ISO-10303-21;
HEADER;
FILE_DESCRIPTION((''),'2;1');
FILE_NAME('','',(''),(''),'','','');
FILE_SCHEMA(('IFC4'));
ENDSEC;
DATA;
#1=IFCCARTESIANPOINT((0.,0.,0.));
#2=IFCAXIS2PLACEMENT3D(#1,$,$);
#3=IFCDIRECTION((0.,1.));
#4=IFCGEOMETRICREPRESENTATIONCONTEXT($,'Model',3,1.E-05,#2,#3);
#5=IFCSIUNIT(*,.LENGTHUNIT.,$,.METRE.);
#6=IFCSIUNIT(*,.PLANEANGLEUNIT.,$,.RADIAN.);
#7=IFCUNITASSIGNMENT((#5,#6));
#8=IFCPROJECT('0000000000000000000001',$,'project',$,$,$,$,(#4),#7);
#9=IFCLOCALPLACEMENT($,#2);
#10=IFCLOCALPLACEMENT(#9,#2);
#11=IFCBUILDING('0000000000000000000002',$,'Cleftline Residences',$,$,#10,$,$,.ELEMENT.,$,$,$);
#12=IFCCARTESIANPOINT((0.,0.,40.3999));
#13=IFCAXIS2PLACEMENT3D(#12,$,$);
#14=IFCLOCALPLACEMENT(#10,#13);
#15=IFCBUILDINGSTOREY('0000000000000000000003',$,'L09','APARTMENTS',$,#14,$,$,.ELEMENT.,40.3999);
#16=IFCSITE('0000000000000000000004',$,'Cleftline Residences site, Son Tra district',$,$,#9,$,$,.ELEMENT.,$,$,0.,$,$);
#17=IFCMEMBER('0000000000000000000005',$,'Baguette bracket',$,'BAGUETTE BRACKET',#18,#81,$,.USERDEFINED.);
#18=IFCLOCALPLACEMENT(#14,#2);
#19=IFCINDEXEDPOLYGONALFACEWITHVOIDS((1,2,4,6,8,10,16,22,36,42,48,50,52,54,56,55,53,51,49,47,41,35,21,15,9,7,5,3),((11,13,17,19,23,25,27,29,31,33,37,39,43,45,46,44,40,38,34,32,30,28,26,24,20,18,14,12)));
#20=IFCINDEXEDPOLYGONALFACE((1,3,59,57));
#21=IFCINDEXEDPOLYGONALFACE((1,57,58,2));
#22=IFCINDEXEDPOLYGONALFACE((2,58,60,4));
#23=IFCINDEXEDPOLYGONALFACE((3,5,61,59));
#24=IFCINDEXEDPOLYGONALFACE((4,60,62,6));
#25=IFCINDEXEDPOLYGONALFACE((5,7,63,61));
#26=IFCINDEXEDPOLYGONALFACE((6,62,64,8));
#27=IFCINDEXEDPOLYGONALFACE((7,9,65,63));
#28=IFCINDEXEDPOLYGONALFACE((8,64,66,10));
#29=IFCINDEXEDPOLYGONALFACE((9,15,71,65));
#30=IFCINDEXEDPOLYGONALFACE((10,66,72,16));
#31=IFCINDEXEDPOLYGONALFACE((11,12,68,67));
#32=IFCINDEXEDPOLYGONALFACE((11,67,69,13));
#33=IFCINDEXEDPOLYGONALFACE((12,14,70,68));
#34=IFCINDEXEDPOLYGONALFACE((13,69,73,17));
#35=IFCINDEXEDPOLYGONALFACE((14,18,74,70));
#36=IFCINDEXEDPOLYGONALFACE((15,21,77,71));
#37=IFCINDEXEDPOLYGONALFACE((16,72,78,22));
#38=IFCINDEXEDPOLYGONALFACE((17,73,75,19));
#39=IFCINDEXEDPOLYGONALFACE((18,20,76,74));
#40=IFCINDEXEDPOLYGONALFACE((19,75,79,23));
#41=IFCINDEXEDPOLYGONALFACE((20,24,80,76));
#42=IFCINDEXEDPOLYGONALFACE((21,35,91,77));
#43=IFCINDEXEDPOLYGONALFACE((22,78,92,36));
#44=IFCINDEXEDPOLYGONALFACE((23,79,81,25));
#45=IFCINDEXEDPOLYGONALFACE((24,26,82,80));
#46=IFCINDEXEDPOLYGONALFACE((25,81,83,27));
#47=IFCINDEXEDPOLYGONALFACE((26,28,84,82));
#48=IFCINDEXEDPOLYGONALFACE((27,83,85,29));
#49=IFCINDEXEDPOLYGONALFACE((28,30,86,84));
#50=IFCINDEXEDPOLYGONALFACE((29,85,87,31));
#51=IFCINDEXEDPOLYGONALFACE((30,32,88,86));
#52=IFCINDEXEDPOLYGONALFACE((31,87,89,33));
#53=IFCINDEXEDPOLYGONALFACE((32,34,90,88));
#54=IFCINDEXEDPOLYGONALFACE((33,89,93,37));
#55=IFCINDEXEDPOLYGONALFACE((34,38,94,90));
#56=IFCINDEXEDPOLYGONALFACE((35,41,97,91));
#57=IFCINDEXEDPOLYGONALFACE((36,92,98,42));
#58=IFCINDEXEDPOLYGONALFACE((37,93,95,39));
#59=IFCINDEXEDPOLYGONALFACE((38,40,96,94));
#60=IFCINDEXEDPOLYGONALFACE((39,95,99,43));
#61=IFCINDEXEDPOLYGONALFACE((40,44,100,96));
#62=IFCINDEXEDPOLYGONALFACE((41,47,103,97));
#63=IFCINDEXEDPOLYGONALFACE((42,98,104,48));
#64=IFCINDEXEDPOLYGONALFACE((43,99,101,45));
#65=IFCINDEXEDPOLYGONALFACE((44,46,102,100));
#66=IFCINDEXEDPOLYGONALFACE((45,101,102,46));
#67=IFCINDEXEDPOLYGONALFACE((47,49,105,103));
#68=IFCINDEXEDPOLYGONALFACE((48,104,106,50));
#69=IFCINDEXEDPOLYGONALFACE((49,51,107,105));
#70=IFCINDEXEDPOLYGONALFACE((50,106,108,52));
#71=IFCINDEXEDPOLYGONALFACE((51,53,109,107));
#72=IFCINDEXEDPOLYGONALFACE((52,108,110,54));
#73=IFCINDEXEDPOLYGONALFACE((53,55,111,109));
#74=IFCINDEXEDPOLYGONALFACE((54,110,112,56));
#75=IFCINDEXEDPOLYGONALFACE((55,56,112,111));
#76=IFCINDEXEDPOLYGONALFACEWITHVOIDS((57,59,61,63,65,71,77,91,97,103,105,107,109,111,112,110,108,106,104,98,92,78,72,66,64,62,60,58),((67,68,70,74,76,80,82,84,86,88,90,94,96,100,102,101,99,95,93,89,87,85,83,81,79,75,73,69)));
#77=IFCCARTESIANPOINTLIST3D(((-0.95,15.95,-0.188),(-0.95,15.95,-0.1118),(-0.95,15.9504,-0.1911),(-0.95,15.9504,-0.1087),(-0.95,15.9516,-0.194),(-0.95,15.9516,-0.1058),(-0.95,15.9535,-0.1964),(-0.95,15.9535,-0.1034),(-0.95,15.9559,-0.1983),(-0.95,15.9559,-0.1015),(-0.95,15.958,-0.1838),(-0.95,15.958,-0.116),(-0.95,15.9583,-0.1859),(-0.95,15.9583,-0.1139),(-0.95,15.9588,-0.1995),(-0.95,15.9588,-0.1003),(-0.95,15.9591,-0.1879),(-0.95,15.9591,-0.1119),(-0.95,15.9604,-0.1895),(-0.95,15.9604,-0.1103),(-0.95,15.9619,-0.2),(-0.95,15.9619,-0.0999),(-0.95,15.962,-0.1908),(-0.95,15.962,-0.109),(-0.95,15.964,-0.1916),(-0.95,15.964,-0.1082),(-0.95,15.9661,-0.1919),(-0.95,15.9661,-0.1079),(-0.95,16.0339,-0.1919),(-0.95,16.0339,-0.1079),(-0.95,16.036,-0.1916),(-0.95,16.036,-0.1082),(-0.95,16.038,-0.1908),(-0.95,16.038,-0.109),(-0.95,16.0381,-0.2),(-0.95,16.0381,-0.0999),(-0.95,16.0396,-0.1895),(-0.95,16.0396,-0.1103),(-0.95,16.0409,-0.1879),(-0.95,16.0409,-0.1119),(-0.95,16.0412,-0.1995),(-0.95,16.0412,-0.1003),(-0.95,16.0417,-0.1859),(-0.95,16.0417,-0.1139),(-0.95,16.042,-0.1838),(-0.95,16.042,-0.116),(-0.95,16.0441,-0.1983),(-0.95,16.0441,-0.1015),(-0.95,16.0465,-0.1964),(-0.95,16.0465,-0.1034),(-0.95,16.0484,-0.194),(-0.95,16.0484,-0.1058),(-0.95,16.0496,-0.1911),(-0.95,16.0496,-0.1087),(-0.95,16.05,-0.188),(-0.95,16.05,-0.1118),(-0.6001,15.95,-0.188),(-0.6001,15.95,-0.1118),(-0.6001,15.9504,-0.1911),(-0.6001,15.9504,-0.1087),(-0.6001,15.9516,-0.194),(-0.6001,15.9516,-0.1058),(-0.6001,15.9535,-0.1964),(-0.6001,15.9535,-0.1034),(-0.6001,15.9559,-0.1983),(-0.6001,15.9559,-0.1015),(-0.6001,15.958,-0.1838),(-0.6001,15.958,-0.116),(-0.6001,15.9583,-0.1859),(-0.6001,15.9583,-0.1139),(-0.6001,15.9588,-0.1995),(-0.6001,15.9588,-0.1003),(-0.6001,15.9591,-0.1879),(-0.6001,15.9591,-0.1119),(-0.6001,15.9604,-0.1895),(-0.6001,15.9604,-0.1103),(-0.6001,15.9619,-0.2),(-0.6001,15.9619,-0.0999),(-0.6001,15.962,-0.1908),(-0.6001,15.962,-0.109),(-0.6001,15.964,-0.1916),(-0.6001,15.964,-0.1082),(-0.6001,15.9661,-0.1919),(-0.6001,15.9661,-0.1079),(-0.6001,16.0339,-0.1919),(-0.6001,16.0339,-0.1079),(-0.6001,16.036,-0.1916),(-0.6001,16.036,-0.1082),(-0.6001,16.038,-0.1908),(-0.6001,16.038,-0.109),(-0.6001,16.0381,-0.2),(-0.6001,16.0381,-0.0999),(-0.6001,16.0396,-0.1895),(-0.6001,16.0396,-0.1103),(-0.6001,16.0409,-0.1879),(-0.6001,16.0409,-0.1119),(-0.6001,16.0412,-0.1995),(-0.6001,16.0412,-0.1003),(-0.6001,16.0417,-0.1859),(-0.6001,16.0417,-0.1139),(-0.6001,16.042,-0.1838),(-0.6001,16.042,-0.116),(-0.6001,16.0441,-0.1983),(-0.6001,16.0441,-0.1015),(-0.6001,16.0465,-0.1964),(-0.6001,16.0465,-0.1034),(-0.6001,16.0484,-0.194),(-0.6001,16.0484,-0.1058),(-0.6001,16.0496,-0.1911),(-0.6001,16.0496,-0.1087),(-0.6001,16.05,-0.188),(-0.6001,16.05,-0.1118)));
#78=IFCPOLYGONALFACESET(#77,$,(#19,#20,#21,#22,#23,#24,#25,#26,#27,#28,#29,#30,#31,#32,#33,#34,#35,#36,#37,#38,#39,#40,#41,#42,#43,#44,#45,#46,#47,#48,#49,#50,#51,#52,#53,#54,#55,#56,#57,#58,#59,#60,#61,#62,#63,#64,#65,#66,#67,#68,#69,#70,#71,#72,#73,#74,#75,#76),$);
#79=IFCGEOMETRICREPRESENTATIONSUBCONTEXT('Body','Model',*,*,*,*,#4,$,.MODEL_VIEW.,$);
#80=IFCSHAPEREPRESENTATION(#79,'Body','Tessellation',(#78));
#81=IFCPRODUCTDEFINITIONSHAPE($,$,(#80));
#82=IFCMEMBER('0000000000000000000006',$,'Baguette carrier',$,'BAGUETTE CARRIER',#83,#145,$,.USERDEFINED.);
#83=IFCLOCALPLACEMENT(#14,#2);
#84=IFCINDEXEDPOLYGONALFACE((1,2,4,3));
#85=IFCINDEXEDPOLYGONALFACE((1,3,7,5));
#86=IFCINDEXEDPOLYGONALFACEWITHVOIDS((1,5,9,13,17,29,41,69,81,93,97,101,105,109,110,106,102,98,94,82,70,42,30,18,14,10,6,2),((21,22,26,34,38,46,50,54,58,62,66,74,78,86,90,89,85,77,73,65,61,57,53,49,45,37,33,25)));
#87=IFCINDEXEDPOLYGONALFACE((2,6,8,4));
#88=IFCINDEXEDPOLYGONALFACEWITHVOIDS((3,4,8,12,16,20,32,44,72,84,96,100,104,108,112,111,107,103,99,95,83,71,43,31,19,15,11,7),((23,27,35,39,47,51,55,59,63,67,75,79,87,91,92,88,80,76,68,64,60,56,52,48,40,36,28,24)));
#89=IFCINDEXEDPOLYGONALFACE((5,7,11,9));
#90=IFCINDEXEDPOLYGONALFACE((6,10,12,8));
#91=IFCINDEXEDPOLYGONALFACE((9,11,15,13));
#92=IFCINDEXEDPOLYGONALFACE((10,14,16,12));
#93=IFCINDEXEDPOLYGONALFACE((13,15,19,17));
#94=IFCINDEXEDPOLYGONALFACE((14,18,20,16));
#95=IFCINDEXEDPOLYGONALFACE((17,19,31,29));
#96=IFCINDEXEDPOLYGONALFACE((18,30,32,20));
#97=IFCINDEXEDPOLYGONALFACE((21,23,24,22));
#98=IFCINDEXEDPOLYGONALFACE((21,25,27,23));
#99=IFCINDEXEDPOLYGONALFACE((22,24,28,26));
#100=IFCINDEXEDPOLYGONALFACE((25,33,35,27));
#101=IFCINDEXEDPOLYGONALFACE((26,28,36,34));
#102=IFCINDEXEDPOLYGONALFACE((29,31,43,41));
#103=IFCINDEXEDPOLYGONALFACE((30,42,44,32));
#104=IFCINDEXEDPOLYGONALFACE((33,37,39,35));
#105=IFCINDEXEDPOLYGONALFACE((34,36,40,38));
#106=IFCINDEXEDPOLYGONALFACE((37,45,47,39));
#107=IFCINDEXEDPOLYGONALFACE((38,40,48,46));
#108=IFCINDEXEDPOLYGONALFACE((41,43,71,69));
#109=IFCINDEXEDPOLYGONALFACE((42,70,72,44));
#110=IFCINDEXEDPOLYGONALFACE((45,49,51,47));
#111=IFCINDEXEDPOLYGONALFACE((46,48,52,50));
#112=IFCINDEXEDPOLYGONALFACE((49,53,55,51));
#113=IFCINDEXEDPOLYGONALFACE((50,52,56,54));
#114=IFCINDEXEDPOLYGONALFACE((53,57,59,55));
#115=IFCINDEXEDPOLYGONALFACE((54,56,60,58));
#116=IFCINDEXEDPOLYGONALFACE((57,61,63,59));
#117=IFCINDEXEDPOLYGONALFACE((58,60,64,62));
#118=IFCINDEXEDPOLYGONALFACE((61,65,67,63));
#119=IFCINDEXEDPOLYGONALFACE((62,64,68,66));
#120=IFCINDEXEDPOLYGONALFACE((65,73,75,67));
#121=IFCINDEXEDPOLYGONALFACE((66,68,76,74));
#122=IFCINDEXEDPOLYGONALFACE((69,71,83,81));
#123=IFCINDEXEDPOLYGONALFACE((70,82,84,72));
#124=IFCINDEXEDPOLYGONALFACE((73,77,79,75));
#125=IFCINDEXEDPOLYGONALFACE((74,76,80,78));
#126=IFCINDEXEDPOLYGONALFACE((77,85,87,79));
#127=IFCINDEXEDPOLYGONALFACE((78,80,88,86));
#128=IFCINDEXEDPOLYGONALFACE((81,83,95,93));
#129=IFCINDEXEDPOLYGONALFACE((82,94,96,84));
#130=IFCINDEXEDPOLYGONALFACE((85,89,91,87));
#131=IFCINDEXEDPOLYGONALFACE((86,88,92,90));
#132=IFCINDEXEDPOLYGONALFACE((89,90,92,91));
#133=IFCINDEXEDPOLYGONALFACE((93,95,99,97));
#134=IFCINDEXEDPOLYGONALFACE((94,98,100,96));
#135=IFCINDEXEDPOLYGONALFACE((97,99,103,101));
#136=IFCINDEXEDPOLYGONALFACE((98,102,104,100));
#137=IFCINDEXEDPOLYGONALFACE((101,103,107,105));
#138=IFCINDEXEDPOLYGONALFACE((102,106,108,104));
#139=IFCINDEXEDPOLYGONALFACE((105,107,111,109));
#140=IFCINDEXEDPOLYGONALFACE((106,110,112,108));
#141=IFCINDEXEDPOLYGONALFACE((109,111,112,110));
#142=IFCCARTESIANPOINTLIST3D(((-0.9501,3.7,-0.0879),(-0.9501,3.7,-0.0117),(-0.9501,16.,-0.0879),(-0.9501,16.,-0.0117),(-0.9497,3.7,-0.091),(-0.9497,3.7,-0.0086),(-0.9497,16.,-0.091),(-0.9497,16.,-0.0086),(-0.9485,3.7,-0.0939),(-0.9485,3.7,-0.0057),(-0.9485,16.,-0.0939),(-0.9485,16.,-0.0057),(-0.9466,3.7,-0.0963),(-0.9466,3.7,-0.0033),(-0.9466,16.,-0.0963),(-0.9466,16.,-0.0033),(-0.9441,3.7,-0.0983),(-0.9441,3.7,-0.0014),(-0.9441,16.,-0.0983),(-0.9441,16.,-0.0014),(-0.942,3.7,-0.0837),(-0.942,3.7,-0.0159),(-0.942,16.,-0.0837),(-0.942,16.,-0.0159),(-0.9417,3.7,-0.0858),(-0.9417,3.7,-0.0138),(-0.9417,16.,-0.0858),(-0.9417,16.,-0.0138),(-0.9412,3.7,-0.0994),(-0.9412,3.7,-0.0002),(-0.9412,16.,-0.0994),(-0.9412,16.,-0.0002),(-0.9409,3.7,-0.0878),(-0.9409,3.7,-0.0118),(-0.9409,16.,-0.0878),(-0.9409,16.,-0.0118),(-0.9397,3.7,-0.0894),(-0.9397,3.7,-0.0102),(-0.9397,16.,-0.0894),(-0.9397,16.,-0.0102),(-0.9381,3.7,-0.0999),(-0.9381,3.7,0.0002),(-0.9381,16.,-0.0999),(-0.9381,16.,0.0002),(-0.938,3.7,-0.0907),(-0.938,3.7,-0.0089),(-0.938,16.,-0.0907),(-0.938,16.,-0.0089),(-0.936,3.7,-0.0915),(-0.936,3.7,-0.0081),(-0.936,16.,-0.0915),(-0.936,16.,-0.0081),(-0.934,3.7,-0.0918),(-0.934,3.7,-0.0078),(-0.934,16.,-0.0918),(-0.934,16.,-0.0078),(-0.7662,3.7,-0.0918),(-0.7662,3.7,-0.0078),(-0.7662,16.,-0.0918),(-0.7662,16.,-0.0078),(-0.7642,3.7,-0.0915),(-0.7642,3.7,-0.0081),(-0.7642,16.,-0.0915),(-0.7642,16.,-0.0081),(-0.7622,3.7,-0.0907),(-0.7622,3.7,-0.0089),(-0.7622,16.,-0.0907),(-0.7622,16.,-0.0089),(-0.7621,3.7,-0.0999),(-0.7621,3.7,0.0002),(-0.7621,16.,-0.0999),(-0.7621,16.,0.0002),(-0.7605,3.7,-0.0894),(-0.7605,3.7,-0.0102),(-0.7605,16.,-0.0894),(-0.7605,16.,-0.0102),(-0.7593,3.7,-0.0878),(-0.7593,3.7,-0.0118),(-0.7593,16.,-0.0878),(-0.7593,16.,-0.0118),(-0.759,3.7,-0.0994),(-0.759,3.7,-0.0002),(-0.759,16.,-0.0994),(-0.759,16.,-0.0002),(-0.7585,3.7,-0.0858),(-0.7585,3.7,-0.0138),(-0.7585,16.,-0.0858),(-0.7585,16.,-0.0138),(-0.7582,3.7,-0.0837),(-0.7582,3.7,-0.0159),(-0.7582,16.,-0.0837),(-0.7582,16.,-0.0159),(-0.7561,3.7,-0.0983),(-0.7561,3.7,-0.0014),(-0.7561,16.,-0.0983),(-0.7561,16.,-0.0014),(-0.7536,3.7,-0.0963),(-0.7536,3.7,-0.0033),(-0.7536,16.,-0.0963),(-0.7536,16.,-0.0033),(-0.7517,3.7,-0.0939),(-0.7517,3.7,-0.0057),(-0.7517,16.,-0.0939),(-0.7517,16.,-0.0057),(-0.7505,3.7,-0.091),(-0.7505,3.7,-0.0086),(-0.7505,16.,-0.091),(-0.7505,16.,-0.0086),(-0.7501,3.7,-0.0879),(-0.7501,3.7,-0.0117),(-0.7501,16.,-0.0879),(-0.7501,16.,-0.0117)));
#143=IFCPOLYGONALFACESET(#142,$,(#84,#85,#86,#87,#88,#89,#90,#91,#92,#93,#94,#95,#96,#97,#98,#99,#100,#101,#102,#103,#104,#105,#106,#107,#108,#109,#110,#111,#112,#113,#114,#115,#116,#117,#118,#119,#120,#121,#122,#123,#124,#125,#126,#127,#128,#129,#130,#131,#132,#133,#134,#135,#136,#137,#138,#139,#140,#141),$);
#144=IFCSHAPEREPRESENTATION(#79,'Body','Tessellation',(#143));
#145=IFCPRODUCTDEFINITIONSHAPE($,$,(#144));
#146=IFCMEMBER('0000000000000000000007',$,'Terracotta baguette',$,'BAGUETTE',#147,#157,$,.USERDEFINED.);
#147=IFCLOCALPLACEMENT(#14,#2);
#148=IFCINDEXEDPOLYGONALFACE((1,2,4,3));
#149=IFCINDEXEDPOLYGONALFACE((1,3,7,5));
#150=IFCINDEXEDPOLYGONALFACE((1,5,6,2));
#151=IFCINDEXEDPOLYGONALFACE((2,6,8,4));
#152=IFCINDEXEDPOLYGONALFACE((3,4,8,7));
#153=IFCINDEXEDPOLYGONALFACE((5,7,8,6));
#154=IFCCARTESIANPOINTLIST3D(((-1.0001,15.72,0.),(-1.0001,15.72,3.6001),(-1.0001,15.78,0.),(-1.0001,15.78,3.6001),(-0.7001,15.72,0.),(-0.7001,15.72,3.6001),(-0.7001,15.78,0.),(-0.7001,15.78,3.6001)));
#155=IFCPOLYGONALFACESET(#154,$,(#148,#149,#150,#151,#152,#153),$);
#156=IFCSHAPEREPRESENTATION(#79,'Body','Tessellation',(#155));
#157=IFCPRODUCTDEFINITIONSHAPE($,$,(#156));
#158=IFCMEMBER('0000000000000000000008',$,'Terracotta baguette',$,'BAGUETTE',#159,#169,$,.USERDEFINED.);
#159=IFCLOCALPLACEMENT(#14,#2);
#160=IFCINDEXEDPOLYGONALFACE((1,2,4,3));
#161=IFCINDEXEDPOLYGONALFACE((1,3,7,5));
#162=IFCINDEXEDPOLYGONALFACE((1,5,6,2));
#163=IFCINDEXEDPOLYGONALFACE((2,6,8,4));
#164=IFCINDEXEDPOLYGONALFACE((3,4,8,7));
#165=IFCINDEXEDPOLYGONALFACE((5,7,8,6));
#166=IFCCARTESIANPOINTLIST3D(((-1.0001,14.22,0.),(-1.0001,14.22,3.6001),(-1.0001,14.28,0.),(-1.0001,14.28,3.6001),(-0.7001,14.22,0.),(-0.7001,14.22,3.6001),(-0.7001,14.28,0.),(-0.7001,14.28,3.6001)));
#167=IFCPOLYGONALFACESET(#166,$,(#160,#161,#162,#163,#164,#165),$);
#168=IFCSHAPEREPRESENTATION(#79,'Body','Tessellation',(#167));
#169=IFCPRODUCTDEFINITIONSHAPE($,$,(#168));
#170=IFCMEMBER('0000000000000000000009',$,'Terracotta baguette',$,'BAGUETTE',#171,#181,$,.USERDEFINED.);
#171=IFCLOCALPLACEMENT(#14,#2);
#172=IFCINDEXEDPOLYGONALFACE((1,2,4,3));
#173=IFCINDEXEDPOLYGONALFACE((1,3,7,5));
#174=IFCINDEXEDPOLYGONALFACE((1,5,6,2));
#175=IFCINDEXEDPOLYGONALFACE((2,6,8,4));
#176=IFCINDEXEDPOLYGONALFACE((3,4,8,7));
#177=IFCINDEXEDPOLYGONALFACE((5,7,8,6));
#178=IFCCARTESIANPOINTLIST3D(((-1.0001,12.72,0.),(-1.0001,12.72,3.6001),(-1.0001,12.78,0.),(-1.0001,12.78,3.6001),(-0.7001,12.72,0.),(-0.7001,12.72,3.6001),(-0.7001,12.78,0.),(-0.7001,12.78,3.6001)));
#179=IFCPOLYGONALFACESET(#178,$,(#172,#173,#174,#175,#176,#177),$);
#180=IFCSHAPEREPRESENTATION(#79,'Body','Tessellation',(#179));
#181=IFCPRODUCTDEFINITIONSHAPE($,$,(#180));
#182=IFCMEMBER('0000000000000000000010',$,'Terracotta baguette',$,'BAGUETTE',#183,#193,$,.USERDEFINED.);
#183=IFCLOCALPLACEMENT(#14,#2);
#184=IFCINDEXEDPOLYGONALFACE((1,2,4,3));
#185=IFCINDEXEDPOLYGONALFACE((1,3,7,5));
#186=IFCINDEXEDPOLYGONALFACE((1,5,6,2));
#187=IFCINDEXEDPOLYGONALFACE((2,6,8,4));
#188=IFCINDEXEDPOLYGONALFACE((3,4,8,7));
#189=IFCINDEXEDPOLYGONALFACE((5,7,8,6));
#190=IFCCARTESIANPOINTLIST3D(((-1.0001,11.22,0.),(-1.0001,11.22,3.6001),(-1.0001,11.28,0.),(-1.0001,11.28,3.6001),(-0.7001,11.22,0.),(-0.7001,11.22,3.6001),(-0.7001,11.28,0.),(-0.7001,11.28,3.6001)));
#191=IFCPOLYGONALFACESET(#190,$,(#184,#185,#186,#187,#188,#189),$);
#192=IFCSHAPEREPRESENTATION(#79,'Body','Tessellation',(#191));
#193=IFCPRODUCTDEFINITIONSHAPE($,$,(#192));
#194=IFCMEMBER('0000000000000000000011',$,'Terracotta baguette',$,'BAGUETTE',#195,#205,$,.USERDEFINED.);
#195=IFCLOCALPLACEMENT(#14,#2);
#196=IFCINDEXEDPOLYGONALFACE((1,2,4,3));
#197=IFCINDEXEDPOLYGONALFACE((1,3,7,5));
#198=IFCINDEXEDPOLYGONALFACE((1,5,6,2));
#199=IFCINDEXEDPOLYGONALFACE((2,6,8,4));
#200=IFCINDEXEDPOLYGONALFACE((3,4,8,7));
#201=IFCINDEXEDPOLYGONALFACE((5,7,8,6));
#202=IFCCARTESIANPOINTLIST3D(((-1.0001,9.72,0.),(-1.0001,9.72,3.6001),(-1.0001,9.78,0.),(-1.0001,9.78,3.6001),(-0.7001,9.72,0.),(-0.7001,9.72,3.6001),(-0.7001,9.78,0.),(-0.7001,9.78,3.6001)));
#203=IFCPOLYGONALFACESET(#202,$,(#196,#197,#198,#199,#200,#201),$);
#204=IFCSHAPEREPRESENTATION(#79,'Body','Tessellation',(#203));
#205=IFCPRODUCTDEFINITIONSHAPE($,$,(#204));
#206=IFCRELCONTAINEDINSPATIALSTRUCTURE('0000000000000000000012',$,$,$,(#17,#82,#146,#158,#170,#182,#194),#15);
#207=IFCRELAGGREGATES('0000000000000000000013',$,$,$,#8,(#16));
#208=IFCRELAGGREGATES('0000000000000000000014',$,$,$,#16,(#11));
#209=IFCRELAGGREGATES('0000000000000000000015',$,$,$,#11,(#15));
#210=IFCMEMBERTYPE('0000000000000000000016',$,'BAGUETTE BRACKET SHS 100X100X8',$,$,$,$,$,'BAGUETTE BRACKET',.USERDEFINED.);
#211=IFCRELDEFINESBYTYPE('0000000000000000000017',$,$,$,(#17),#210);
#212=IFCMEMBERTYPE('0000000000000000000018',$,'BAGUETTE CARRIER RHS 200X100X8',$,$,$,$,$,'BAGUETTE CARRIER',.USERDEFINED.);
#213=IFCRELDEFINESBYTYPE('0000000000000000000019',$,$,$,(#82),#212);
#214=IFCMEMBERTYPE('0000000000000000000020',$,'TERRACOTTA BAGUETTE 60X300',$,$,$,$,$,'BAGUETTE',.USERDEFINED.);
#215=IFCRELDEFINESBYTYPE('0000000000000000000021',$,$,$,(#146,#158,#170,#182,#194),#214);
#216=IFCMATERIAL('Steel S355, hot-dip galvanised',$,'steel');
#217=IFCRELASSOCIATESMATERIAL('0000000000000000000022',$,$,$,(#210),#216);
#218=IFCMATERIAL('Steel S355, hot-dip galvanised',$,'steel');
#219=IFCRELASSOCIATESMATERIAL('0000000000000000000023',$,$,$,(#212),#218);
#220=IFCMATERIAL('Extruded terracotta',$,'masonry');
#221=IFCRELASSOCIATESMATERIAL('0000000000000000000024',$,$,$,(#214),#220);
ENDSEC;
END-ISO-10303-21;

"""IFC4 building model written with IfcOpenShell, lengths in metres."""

from ifc_helpers import new_model, si_unit, direction, frame, origin, origin_2d, place, context, subcontext, project, spatial, rectangle, hollow_rectangle, extrude, material, material_profile, profile_set, type_object, element, save


model = new_model("IFC4")

# Units and contexts
model_context = context("Model", 3, precision=1e-05, world=origin(), true_north=direction((0.0, 1.0)))
body_context = subcontext(model_context, "Body", "Model", "MODEL_VIEW")
ifc_project = project(units=[si_unit("LENGTHUNIT", "METRE"), si_unit("PLANEANGLEUNIT", "RADIAN")], contexts=[model_context])

# Site, building, storey
site_placement = place(None, origin())
site = spatial("IfcSite", under=ifc_project, at=site_placement, Name="Cleftline Residences site, Son Tra district", CompositionType="ELEMENT", RefElevation=0.0)
building_placement = place(site_placement, origin())
building = spatial("IfcBuilding", under=site, at=building_placement, Name="Cleftline Residences", CompositionType="ELEMENT")
storey_placement = place(building_placement, frame((0.0, 0.0, 40.3999)))
storey = spatial("IfcBuildingStorey", under=building, at=storey_placement, Name="L09", Description="APARTMENTS", CompositionType="ELEMENT", Elevation=40.3999)

# Members
ifc_material_1 = material(Name="Steel S355, hot-dip galvanised", Category="steel")
ifc_material_profile_1 = material_profile(ifc_material_1, hollow_rectangle(XDim=0.1001, YDim=0.1001, WallThickness=0.0081, InnerFilletRadius=0.0081, OuterFilletRadius=0.012, at=origin_2d()))
ifc_profile_set_1 = profile_set([ifc_material_profile_1], Name="Steel S355, hot-dip galvanised")
member_type_1 = type_object("IfcMemberType", Name="BAGUETTE BRACKET SHS 100X100X8", ElementType="BAGUETTE BRACKET", PredefinedType="USERDEFINED", material=ifc_profile_set_1)
member_1_placement = place(storey_placement, frame((-0.6001, 16.0, -0.1499), z_axis=(-1.0, 0.0, 0.0), x_axis=(0.0, -1.0, 0.0)))
element("IfcMember", 1, at=member_1_placement, inside=storey, type_object=member_type_1, Name="Baguette bracket", ObjectType="BAGUETTE BRACKET", PredefinedType="USERDEFINED", context=body_context, shape_type="SweptSolid", body=[
    extrude(hollow_rectangle(XDim=0.1001, YDim=0.1001, WallThickness=0.0081, InnerFilletRadius=0.0081, OuterFilletRadius=0.012, at=origin_2d()), origin(), (0.0, 0.0, 1.0), 0.3499),
])
ifc_material_2 = material(Name="Steel S355, hot-dip galvanised", Category="steel")
ifc_material_profile_2 = material_profile(ifc_material_2, hollow_rectangle(XDim=0.1001, YDim=0.2, WallThickness=0.0081, InnerFilletRadius=0.0081, OuterFilletRadius=0.012, at=origin_2d()))
ifc_profile_set_2 = profile_set([ifc_material_profile_2], Name="Steel S355, hot-dip galvanised")
member_type_2 = type_object("IfcMemberType", Name="BAGUETTE CARRIER RHS 200X100X8", ElementType="BAGUETTE CARRIER", PredefinedType="USERDEFINED", material=ifc_profile_set_2)
member_2_placement = place(storey_placement, frame((-0.8501, 16.0, -0.0498), z_axis=(0.0, -1.0, 0.0), x_axis=(0.0, 0.0, 1.0)))
element("IfcMember", 2, at=member_2_placement, inside=storey, type_object=member_type_2, Name="Baguette carrier", ObjectType="BAGUETTE CARRIER", PredefinedType="USERDEFINED", context=body_context, shape_type="SweptSolid", body=[
    extrude(hollow_rectangle(XDim=0.1001, YDim=0.2, WallThickness=0.0081, InnerFilletRadius=0.0081, OuterFilletRadius=0.012, at=origin_2d()), origin(), (0.0, 0.0, 1.0), 12.3),
])
ifc_material_3 = material(Name="Extruded terracotta", Category="masonry")
ifc_material_profile_3 = material_profile(ifc_material_3, rectangle(XDim=0.0601, YDim=0.3, at=origin_2d()))
ifc_profile_set_3 = profile_set([ifc_material_profile_3], Name="Extruded terracotta")
member_type_3 = type_object("IfcMemberType", Name="TERRACOTTA BAGUETTE 60X300", ElementType="BAGUETTE", PredefinedType="USERDEFINED", material=ifc_profile_set_3)
for number, where, z_axis, x_axis, name in (
    (3, (-0.8501, 15.75, 0.0), (0.0, 0.0, 1.0), (0.0, 1.0, 0.0), "Terracotta baguette"),
    (4, (-0.8501, 14.25, 0.0), (0.0, 0.0, 1.0), (0.0, 1.0, 0.0), "Terracotta baguette"),
    (5, (-0.8501, 12.75, 0.0), (0.0, 0.0, 1.0), (0.0, 1.0, 0.0), "Terracotta baguette"),
    (6, (-0.8501, 11.25, 0.0), (0.0, 0.0, 1.0), (0.0, 1.0, 0.0), "Terracotta baguette"),
    (7, (-0.8501, 9.75, 0.0), (0.0, 0.0, 1.0), (0.0, 1.0, 0.0), "Terracotta baguette"),
):
    element("IfcMember", number, at=place(storey_placement, frame(where, z_axis=z_axis, x_axis=x_axis)), inside=storey, type_object=member_type_3, Name=name, ObjectType="BAGUETTE", PredefinedType="USERDEFINED", context=body_context, shape_type="SweptSolid", body=[
        extrude(rectangle(XDim=0.0601, YDim=0.3, at=origin_2d()), origin(), (0.0, 0.0, 1.0), 3.6001),
    ])

save(model, "model.ifc")
